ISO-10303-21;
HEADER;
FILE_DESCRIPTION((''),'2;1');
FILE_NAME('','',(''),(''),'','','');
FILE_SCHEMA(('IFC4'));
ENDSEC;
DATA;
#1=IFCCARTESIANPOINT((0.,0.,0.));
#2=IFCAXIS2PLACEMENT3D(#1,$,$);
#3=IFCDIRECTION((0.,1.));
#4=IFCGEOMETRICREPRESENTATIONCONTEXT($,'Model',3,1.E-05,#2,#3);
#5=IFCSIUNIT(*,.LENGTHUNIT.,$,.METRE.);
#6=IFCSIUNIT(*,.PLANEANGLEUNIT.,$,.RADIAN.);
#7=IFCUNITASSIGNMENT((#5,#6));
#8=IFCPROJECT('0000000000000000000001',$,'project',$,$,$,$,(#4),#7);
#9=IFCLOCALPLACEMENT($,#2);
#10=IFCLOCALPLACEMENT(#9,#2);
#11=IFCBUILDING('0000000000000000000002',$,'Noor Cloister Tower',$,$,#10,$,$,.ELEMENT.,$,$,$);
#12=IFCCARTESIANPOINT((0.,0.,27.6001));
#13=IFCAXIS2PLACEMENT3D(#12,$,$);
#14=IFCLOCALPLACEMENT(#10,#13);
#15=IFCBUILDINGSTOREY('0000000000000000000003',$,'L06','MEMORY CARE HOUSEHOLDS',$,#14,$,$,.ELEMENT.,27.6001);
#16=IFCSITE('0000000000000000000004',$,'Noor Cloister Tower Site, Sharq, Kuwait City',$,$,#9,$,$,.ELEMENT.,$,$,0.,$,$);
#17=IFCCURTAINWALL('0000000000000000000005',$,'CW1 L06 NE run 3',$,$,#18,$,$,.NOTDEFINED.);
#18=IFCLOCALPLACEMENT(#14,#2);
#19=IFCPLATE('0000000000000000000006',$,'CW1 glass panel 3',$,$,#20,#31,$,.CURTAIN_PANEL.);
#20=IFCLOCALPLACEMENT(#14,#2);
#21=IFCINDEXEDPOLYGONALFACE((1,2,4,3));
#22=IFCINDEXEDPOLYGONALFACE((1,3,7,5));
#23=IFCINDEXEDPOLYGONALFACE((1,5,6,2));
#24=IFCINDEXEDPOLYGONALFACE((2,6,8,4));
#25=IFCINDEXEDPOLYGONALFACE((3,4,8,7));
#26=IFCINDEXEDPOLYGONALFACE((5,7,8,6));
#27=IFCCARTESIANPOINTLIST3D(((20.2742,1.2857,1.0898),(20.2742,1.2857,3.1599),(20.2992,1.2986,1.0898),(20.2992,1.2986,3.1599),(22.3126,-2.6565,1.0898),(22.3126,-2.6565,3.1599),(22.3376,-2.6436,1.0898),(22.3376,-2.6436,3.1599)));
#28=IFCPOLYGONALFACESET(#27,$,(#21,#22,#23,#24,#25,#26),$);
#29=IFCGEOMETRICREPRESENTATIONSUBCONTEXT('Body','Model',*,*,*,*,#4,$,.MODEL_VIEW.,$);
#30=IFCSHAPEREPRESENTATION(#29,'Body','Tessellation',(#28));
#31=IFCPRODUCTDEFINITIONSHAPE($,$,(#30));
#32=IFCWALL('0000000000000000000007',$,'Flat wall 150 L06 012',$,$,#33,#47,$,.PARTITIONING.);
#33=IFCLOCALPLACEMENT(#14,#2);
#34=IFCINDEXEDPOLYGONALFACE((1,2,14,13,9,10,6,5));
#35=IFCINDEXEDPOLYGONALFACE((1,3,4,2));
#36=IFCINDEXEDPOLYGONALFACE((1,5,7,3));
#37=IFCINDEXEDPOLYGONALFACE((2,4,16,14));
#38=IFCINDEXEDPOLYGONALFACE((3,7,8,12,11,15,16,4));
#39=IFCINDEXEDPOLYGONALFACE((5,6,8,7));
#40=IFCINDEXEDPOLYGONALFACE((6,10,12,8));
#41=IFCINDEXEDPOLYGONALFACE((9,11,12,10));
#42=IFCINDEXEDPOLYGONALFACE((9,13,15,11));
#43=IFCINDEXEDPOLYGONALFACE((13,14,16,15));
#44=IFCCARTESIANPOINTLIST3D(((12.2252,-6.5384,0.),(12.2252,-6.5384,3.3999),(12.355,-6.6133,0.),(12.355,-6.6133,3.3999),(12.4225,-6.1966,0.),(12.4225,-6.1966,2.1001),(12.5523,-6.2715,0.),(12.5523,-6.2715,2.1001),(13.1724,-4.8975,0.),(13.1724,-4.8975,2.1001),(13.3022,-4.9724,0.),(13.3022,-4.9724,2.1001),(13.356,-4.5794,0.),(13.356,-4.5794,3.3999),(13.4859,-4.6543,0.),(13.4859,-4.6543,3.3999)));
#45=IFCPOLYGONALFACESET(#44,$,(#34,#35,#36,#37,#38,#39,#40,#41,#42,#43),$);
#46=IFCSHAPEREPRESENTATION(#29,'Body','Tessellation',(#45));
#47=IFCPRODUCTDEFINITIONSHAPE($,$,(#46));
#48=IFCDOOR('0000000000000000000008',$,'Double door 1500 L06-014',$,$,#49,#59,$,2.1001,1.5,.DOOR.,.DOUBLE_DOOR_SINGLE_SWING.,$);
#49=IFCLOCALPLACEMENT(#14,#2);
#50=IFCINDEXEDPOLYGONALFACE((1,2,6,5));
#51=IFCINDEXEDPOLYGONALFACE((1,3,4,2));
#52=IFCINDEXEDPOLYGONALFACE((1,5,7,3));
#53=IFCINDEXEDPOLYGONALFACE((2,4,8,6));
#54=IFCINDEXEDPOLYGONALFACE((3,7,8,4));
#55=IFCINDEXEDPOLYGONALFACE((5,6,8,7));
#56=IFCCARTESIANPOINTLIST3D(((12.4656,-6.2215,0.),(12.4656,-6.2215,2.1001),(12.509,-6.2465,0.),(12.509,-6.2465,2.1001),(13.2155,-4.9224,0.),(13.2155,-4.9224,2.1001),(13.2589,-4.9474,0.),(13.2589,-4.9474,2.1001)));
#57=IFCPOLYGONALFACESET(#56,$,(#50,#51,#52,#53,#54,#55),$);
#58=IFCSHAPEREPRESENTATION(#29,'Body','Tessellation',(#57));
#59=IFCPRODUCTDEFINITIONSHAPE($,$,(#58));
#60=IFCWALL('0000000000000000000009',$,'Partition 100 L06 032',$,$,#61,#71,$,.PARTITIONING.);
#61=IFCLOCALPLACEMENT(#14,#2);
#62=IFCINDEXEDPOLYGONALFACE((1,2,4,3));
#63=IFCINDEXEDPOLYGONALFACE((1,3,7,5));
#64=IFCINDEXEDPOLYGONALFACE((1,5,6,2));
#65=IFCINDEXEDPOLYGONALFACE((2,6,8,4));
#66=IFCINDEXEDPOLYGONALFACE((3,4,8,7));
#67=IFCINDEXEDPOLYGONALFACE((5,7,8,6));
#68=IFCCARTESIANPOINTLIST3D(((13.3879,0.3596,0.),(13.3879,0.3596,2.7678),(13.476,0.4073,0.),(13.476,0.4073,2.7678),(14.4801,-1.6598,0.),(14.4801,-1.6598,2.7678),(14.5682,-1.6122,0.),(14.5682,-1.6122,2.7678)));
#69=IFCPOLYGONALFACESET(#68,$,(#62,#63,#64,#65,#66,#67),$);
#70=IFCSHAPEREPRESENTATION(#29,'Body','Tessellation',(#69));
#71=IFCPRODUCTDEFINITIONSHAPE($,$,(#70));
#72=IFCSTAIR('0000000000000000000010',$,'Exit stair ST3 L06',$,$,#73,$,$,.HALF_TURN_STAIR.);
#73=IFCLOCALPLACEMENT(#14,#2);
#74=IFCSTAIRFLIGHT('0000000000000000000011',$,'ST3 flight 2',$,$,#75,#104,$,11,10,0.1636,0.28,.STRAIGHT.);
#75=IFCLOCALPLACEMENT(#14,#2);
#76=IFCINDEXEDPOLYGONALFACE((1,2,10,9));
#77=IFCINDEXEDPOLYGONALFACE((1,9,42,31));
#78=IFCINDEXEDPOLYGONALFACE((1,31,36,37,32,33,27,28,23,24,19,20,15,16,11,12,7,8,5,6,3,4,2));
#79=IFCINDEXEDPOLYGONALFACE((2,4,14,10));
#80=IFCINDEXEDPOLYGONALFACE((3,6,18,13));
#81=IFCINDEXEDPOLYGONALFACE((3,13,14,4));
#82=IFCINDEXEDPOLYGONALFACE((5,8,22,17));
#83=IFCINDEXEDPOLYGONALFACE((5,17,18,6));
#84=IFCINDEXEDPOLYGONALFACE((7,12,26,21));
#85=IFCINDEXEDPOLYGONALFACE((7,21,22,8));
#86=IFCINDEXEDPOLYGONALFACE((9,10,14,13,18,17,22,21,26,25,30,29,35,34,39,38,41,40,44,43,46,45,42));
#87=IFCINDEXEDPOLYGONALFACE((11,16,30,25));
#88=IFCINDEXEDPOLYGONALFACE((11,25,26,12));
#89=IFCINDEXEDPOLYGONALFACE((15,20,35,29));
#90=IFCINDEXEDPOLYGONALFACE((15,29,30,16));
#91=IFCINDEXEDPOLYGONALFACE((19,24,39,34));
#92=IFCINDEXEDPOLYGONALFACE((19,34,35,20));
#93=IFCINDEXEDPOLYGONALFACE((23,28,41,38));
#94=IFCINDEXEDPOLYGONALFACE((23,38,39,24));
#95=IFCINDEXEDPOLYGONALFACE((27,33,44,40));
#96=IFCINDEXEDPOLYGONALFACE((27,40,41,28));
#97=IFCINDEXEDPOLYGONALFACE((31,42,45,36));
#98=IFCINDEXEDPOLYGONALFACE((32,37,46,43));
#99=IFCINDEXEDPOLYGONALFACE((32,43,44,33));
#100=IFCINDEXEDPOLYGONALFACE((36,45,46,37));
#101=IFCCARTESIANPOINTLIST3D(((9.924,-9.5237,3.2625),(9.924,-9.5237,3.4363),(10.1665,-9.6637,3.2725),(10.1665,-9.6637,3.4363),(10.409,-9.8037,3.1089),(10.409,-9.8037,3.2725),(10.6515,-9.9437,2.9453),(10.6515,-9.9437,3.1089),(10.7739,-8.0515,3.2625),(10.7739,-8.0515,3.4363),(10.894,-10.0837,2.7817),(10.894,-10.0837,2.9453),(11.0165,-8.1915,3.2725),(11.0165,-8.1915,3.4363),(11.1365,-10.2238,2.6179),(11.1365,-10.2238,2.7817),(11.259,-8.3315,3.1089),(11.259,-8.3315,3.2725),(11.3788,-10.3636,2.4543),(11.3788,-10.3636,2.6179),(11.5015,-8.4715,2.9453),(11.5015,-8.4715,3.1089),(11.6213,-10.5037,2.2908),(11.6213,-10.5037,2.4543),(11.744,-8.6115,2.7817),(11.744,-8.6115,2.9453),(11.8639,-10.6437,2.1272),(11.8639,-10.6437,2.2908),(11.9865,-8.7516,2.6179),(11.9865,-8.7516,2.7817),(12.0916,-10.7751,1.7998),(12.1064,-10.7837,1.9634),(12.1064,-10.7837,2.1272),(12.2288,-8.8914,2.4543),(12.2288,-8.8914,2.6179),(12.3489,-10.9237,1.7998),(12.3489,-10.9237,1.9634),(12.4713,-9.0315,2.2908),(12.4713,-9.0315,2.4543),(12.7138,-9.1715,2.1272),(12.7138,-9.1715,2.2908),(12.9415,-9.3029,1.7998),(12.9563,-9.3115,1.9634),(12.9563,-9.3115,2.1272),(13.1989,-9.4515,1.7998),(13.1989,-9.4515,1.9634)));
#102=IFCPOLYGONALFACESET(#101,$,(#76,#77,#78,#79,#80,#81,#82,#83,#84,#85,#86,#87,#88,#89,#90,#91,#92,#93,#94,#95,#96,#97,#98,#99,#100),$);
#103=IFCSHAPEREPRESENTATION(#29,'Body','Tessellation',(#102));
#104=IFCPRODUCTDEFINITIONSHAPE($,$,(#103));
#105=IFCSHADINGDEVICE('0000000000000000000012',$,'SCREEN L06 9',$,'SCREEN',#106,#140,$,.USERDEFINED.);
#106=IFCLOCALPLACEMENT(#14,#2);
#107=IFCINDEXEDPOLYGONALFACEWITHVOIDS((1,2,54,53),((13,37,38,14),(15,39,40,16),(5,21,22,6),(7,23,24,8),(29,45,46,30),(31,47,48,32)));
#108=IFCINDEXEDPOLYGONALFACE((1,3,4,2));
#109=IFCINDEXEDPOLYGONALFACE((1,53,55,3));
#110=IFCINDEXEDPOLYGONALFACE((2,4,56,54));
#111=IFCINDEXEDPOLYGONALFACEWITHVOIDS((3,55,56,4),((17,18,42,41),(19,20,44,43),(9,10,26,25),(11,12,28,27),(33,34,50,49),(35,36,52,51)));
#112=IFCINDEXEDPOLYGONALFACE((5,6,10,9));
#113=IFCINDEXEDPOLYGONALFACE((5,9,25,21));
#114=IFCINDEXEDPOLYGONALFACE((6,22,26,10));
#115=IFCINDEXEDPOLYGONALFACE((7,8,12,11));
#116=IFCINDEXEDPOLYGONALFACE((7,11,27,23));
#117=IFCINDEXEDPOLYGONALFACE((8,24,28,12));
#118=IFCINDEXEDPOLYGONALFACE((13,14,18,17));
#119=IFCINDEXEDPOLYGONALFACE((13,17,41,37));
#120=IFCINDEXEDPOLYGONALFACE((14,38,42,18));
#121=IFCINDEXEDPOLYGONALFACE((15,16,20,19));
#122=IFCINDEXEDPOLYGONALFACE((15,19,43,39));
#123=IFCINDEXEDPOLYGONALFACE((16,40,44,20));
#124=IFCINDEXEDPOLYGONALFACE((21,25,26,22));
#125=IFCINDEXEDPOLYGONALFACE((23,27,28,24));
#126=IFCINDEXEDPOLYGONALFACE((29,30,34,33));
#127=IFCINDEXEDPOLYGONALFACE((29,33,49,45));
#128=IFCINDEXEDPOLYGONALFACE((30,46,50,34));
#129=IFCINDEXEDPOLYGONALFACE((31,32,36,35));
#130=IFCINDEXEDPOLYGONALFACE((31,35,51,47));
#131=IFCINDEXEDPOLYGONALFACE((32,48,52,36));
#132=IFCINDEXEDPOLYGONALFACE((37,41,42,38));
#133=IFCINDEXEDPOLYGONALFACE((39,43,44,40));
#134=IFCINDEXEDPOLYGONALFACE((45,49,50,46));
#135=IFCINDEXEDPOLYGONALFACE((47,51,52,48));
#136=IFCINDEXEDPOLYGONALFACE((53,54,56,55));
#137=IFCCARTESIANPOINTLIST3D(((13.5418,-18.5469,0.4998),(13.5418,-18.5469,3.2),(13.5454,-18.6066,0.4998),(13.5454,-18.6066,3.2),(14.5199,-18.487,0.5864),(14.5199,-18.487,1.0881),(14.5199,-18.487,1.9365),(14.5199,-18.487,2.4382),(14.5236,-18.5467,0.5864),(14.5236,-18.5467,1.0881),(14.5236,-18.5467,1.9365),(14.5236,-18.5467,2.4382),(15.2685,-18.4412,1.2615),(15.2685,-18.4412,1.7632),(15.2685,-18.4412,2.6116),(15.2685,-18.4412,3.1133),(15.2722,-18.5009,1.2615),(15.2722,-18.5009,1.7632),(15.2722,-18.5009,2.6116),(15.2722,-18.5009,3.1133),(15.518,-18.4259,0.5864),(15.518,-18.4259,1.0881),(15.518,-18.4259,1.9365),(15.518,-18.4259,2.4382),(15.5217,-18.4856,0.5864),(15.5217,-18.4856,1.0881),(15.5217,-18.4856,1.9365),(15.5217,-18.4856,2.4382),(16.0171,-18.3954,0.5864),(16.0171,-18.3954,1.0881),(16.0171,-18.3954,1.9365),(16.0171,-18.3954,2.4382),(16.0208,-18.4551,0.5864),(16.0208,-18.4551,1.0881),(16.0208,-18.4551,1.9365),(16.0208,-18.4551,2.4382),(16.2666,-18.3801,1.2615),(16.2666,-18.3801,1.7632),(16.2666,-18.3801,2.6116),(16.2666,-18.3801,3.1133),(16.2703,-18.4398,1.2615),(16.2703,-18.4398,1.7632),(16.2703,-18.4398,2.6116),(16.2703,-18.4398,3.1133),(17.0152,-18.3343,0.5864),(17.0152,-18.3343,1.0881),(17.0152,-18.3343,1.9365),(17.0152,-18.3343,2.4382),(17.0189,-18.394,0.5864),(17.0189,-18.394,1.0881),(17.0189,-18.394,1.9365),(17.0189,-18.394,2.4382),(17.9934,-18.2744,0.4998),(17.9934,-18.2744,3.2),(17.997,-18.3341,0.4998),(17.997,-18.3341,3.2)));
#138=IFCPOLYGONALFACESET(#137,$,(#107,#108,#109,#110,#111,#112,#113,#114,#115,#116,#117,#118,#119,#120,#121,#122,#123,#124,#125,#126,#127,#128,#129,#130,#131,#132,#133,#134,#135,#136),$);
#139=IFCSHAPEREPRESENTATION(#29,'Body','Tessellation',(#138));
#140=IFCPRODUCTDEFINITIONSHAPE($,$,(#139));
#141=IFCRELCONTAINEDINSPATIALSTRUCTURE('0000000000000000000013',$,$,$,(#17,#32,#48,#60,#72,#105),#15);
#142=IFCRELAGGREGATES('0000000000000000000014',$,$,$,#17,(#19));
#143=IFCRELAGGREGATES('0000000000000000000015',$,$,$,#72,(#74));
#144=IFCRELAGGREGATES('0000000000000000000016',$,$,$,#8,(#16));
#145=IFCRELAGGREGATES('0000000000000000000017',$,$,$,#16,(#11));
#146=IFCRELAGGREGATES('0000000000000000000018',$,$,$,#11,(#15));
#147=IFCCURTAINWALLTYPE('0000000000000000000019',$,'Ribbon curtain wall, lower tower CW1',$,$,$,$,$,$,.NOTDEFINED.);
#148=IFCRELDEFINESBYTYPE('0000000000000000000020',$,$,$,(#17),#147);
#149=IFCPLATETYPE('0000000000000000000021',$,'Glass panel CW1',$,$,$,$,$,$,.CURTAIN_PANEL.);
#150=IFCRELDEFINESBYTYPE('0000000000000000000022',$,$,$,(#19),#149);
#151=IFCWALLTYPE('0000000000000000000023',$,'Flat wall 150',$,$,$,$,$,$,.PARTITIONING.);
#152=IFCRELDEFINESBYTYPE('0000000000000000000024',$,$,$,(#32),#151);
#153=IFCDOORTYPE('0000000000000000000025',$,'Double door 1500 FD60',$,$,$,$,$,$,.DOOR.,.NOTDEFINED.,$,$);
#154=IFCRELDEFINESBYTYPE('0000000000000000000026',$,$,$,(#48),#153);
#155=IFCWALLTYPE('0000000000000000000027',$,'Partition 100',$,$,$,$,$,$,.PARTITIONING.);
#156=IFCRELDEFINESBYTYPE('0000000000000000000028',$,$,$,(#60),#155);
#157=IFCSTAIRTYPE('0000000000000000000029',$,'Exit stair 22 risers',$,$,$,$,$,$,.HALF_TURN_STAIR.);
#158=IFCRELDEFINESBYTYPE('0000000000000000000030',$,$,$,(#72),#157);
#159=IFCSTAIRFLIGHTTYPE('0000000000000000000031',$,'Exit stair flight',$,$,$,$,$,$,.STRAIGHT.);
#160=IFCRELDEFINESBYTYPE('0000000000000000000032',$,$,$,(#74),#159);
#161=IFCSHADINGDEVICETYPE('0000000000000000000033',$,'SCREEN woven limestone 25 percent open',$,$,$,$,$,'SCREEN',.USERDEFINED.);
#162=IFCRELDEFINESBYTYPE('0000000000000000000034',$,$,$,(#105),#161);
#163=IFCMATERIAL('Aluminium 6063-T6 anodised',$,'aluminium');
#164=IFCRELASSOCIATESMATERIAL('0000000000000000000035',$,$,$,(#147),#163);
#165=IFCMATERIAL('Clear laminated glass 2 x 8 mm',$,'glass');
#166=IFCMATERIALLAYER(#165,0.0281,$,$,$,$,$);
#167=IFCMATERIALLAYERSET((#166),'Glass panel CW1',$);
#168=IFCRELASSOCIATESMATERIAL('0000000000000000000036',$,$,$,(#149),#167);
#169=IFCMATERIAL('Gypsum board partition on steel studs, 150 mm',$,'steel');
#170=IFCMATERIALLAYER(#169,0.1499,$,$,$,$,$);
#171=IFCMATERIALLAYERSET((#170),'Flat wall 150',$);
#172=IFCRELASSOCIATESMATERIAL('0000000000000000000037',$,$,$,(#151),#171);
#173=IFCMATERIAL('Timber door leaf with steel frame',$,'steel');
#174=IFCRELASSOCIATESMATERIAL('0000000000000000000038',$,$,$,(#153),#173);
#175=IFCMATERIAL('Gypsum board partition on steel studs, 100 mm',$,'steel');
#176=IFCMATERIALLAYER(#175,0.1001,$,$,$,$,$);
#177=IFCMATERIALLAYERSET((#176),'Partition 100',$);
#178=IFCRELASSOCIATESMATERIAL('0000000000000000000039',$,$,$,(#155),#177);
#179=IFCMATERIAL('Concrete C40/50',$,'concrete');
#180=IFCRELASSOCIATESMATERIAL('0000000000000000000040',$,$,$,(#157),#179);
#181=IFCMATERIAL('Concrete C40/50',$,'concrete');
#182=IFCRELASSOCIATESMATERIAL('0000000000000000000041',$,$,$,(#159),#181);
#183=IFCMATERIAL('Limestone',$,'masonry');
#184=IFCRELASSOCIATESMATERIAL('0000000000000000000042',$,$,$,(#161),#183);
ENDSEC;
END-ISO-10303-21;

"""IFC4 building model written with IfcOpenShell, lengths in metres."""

from ifc_helpers import new_model, si_unit, direction, frame, frame_2d, origin, origin_2d, place, context, subcontext, project, spatial, polyline, rectangle, outline, extrude, material, layer, layer_set, material_profile, profile_set, type_object, element, fill, aggregate, save


model = new_model("IFC4")

# Units and contexts
model_context = context("Model", 3, precision=1e-05, world=origin(), true_north=direction((0.0, 1.0)))
body_context = subcontext(model_context, "Body", "Model", "MODEL_VIEW")
ifc_project = project(units=[si_unit("LENGTHUNIT", "METRE"), si_unit("PLANEANGLEUNIT", "RADIAN")], contexts=[model_context])

# Site, building, storey
site_placement = place(None, origin())
site = spatial("IfcSite", under=ifc_project, at=site_placement, Name="Noor Cloister Tower Site, Sharq, Kuwait City", CompositionType="ELEMENT", RefElevation=0.0)
building_placement = place(site_placement, origin())
building = spatial("IfcBuilding", under=site, at=building_placement, Name="Noor Cloister Tower", CompositionType="ELEMENT")
storey_placement = place(building_placement, frame((0.0, 0.0, 27.6001)))
storey = spatial("IfcBuildingStorey", under=building, at=storey_placement, Name="L06", Description="MEMORY CARE HOUSEHOLDS", CompositionType="ELEMENT", Elevation=27.6001)

# Curtain wall
ifc_material_1 = material(Name="Aluminium 6063-T6 anodised", Category="aluminium")
curtain_wall_type = type_object("IfcCurtainWallType", Name="Ribbon curtain wall, lower tower CW1", PredefinedType="NOTDEFINED", material=ifc_material_1)
curtain_wall_1_placement = place(storey_placement, origin())
curtain_wall_1 = element("IfcCurtainWall", 1, at=curtain_wall_1_placement, inside=storey, type_object=curtain_wall_type, Name="CW1 L06 NE run 3", PredefinedType="NOTDEFINED")

# Plate
ifc_material_2 = material(Name="Clear laminated glass 2 x 8 mm", Category="glass")
ifc_layer_1 = layer(ifc_material_2, 0.0281)
ifc_layer_set_1 = layer_set([ifc_layer_1], Name="Glass panel CW1")
plate_type = type_object("IfcPlateType", Name="Glass panel CW1", PredefinedType="CURTAIN_PANEL", material=ifc_layer_set_1)
plate_1_placement = place(storey_placement, frame((21.3059, -0.679, 1.0898), z_axis=(0.0, 0.0, 1.0), x_axis=(-0.459306, 0.888278, 0.0)))
plate_1 = element("IfcPlate", 2, at=plate_1_placement, type_object=plate_type, Name="CW1 glass panel 3", PredefinedType="CURTAIN_PANEL", context=body_context, shape_type="SweptSolid", body=[
    extrude(rectangle(XDim=4.438, YDim=0.0281, at=origin_2d()), origin(), (0.0, 0.0, 1.0), 2.0701),
])
aggregate(curtain_wall_1, [plate_1])

# Wall, opening, door
ifc_material_3 = material(Name="Gypsum board partition on steel studs, 150 mm", Category="steel")
ifc_layer_2 = layer(ifc_material_3, 0.1499)
ifc_layer_set_2 = layer_set([ifc_layer_2], Name="Flat wall 150")
wall_type_1 = type_object("IfcWallType", Name="Flat wall 150", PredefinedType="PARTITIONING", material=ifc_layer_set_2)
wall_1_placement = place(storey_placement, frame((13.4209, -4.6169, 0.0), z_axis=(0.0, 0.0, 1.0), x_axis=(-0.499947, -0.866056, 0.0)))
wall_1 = element("IfcWall", 3, at=wall_1_placement, inside=storey, type_object=wall_type_1, Name="Flat wall 150 L06 012", PredefinedType="PARTITIONING", context=body_context, shape_type="SweptSolid", body=[
    extrude(rectangle(XDim=2.262, YDim=0.1499, at=frame_2d((1.1309, 0.0))), origin(), (0.0, 0.0, 1.0), 3.3999),
])
opening_placement = place(wall_1_placement, frame((0.3672, 0.0, 0.0)))
opening = element("IfcOpeningElement", 4, at=opening_placement, cuts=wall_1, PredefinedType="OPENING", context=body_context, shape_type="SweptSolid", body=[
    extrude(rectangle(XDim=1.5, YDim=2.1001, at=frame_2d((0.75, 1.05))), frame((0.0, 0.085, 0.0), z_axis=(0.0, -1.0, 0.0), x_axis=(1.0, 0.0, 0.0)), (0.0, 0.0, 1.0), 0.1699),
])
ifc_material_4 = material(Name="Timber door leaf with steel frame", Category="steel")
door_type = type_object("IfcDoorType", Name="Double door 1500 FD60", OperationType="NOTDEFINED", PredefinedType="DOOR", material=ifc_material_4)
door_placement = place(opening_placement, origin())
door = element("IfcDoor", 5, at=door_placement, inside=storey, type_object=door_type, Name="Double door 1500 L06-014", OperationType="DOUBLE_DOOR_SINGLE_SWING", OverallHeight=2.1001, OverallWidth=1.5, PredefinedType="DOOR", context=body_context, shape_type="SweptSolid", body=[
    extrude(rectangle(XDim=1.5, YDim=2.1001, at=frame_2d((0.75, 1.05))), frame((0.0, 0.0249, 0.0), z_axis=(0.0, -1.0, 0.0), x_axis=(1.0, 0.0, 0.0)), (0.0, 0.0, 1.0), 0.05),
])
fill(opening, door)

# Wall
ifc_material_5 = material(Name="Gypsum board partition on steel studs, 100 mm", Category="steel")
ifc_layer_3 = layer(ifc_material_5, 0.1001)
ifc_layer_set_3 = layer_set([ifc_layer_3], Name="Partition 100")
wall_type_2 = type_object("IfcWallType", Name="Partition 100", PredefinedType="PARTITIONING", material=ifc_layer_set_3)
wall_2_placement = place(storey_placement, frame((14.5242, -1.636, 0.0), z_axis=(0.0, 0.0, 1.0), x_axis=(-0.475735, 0.879589, 0.0)))
element("IfcWall", 6, at=wall_2_placement, inside=storey, type_object=wall_type_2, Name="Partition 100 L06 032", PredefinedType="PARTITIONING", context=body_context, shape_type="SweptSolid", body=[
    extrude(rectangle(XDim=2.2959, YDim=0.1001, at=frame_2d((1.1479, 0.0))), origin(), (0.0, 0.0, 1.0), 2.7678),
])

# Stair, stair flight
ifc_material_6 = material(Name="Concrete C40/50", Category="concrete")
stair_type = type_object("IfcStairType", Name="Exit stair 22 risers", PredefinedType="HALF_TURN_STAIR", material=ifc_material_6)
stair_placement = place(storey_placement, origin())
stair = element("IfcStair", 7, at=stair_placement, inside=storey, type_object=stair_type, Name="Exit stair ST3 L06", PredefinedType="HALF_TURN_STAIR")
ifc_material_7 = material(Name="Concrete C40/50", Category="concrete")
stair_flight_type = type_object("IfcStairFlightType", Name="Exit stair flight", PredefinedType="STRAIGHT", material=ifc_material_7)
stair_flight_placement = place(storey_placement, frame((12.7739, -10.1875, 1.7998), z_axis=(0.0, 0.0, 1.0), x_axis=(-0.866025, 0.5, 0.0)))
stair_flight = element("IfcStairFlight", 8, at=stair_flight_placement, type_object=stair_flight_type, Name="ST3 flight 2", NumberOfRisers=11, NumberOfTreads=10, PredefinedType="STRAIGHT", RiserHeight=0.1636, TreadLength=0.28, context=body_context, shape_type="SweptSolid", body=[
    extrude(outline(polyline([(0.0, 0.0), (0.0, 0.1636), (0.28, 0.1636), (0.28, 0.3274), (0.5601, 0.3274), (0.5601, 0.491), (0.8401, 0.491), (0.8401, 0.6545), (1.1201, 0.6545), (1.1201, 0.8181), (1.3999, 0.8181), (1.3999, 0.9819), (1.6799, 0.9819), (1.6799, 1.1455), (1.96, 1.1455), (1.96, 1.3091), (2.24, 1.3091), (2.24, 1.4727), (2.52, 1.4727), (2.52, 1.6365), (2.8, 1.6365), (2.8, 1.8), (2.8, 1.4626), (0.2971, 0.0), (0.0, 0.0)])), frame((0.0, 0.8501, 0.0), z_axis=(0.0, -1.0, 0.0), x_axis=(1.0, 0.0, 0.0)), (0.0, 0.0, 1.0), 1.7),
])
aggregate(stair, [stair_flight])

# Shading device
ifc_material_8 = material(Name="Limestone", Category="masonry")
ifc_material_profile_1 = material_profile(ifc_material_8, outline(polyline([(-2.23, -1.3501), (2.23, -1.3501), (2.23, 1.3501), (-2.23, 1.3501), (-2.23, -1.3501)]), holes=[polyline([(-1.25, -1.2634), (-0.25, -1.2634), (-0.25, -0.7617), (-1.25, -0.7617), (-1.25, -1.2634)]), polyline([(0.25, -1.2634), (1.25, -1.2634), (1.25, -0.7617), (0.25, -0.7617), (0.25, -1.2634)]), polyline([(-0.5, -0.5884), (0.5, -0.5884), (0.5, -0.0867), (-0.5, -0.0867), (-0.5, -0.5884)]), polyline([(-1.25, 0.0867), (-0.25, 0.0867), (-0.25, 0.5884), (-1.25, 0.5884), (-1.25, 0.0867)]), polyline([(0.25, 0.0867), (1.25, 0.0867), (1.25, 0.5884), (0.25, 0.5884), (0.25, 0.0867)]), polyline([(-0.5, 0.7617), (0.5, 0.7617), (0.5, 1.2634), (-0.5, 1.2634), (-0.5, 0.7617)])]), Name="Woven screen 25 percent open")
ifc_profile_set_1 = profile_set([ifc_material_profile_1], Name="Limestone")
shading_device_type = type_object("IfcShadingDeviceType", Name="SCREEN woven limestone 25 percent open", ElementType="SCREEN", PredefinedType="USERDEFINED", material=ifc_profile_set_1)
shading_device_placement = place(storey_placement, frame((15.7676, -18.4106, 1.8499), z_axis=(0.06111, -0.998131, 0.0), x_axis=(0.998131, 0.06111, 0.0)))
element("IfcShadingDevice", 9, at=shading_device_placement, inside=storey, type_object=shading_device_type, Name="SCREEN L06 9", ObjectType="SCREEN", PredefinedType="USERDEFINED", context=body_context, shape_type="SweptSolid", body=[
    extrude(outline(polyline([(-2.23, -1.3501), (2.23, -1.3501), (2.23, 1.3501), (-2.23, 1.3501), (-2.23, -1.3501)]), holes=[polyline([(-1.25, -1.2634), (-0.25, -1.2634), (-0.25, -0.7617), (-1.25, -0.7617), (-1.25, -1.2634)]), polyline([(0.25, -1.2634), (1.25, -1.2634), (1.25, -0.7617), (0.25, -0.7617), (0.25, -1.2634)]), polyline([(-0.5, -0.5884), (0.5, -0.5884), (0.5, -0.0867), (-0.5, -0.0867), (-0.5, -0.5884)]), polyline([(-1.25, 0.0867), (-0.25, 0.0867), (-0.25, 0.5884), (-1.25, 0.5884), (-1.25, 0.0867)]), polyline([(0.25, 0.0867), (1.25, 0.0867), (1.25, 0.5884), (0.25, 0.5884), (0.25, 0.0867)]), polyline([(-0.5, 0.7617), (0.5, 0.7617), (0.5, 1.2634), (-0.5, 1.2634), (-0.5, 0.7617)])]), origin(), (0.0, 0.0, 1.0), 0.0598),
])

save(model, "model.ifc")
